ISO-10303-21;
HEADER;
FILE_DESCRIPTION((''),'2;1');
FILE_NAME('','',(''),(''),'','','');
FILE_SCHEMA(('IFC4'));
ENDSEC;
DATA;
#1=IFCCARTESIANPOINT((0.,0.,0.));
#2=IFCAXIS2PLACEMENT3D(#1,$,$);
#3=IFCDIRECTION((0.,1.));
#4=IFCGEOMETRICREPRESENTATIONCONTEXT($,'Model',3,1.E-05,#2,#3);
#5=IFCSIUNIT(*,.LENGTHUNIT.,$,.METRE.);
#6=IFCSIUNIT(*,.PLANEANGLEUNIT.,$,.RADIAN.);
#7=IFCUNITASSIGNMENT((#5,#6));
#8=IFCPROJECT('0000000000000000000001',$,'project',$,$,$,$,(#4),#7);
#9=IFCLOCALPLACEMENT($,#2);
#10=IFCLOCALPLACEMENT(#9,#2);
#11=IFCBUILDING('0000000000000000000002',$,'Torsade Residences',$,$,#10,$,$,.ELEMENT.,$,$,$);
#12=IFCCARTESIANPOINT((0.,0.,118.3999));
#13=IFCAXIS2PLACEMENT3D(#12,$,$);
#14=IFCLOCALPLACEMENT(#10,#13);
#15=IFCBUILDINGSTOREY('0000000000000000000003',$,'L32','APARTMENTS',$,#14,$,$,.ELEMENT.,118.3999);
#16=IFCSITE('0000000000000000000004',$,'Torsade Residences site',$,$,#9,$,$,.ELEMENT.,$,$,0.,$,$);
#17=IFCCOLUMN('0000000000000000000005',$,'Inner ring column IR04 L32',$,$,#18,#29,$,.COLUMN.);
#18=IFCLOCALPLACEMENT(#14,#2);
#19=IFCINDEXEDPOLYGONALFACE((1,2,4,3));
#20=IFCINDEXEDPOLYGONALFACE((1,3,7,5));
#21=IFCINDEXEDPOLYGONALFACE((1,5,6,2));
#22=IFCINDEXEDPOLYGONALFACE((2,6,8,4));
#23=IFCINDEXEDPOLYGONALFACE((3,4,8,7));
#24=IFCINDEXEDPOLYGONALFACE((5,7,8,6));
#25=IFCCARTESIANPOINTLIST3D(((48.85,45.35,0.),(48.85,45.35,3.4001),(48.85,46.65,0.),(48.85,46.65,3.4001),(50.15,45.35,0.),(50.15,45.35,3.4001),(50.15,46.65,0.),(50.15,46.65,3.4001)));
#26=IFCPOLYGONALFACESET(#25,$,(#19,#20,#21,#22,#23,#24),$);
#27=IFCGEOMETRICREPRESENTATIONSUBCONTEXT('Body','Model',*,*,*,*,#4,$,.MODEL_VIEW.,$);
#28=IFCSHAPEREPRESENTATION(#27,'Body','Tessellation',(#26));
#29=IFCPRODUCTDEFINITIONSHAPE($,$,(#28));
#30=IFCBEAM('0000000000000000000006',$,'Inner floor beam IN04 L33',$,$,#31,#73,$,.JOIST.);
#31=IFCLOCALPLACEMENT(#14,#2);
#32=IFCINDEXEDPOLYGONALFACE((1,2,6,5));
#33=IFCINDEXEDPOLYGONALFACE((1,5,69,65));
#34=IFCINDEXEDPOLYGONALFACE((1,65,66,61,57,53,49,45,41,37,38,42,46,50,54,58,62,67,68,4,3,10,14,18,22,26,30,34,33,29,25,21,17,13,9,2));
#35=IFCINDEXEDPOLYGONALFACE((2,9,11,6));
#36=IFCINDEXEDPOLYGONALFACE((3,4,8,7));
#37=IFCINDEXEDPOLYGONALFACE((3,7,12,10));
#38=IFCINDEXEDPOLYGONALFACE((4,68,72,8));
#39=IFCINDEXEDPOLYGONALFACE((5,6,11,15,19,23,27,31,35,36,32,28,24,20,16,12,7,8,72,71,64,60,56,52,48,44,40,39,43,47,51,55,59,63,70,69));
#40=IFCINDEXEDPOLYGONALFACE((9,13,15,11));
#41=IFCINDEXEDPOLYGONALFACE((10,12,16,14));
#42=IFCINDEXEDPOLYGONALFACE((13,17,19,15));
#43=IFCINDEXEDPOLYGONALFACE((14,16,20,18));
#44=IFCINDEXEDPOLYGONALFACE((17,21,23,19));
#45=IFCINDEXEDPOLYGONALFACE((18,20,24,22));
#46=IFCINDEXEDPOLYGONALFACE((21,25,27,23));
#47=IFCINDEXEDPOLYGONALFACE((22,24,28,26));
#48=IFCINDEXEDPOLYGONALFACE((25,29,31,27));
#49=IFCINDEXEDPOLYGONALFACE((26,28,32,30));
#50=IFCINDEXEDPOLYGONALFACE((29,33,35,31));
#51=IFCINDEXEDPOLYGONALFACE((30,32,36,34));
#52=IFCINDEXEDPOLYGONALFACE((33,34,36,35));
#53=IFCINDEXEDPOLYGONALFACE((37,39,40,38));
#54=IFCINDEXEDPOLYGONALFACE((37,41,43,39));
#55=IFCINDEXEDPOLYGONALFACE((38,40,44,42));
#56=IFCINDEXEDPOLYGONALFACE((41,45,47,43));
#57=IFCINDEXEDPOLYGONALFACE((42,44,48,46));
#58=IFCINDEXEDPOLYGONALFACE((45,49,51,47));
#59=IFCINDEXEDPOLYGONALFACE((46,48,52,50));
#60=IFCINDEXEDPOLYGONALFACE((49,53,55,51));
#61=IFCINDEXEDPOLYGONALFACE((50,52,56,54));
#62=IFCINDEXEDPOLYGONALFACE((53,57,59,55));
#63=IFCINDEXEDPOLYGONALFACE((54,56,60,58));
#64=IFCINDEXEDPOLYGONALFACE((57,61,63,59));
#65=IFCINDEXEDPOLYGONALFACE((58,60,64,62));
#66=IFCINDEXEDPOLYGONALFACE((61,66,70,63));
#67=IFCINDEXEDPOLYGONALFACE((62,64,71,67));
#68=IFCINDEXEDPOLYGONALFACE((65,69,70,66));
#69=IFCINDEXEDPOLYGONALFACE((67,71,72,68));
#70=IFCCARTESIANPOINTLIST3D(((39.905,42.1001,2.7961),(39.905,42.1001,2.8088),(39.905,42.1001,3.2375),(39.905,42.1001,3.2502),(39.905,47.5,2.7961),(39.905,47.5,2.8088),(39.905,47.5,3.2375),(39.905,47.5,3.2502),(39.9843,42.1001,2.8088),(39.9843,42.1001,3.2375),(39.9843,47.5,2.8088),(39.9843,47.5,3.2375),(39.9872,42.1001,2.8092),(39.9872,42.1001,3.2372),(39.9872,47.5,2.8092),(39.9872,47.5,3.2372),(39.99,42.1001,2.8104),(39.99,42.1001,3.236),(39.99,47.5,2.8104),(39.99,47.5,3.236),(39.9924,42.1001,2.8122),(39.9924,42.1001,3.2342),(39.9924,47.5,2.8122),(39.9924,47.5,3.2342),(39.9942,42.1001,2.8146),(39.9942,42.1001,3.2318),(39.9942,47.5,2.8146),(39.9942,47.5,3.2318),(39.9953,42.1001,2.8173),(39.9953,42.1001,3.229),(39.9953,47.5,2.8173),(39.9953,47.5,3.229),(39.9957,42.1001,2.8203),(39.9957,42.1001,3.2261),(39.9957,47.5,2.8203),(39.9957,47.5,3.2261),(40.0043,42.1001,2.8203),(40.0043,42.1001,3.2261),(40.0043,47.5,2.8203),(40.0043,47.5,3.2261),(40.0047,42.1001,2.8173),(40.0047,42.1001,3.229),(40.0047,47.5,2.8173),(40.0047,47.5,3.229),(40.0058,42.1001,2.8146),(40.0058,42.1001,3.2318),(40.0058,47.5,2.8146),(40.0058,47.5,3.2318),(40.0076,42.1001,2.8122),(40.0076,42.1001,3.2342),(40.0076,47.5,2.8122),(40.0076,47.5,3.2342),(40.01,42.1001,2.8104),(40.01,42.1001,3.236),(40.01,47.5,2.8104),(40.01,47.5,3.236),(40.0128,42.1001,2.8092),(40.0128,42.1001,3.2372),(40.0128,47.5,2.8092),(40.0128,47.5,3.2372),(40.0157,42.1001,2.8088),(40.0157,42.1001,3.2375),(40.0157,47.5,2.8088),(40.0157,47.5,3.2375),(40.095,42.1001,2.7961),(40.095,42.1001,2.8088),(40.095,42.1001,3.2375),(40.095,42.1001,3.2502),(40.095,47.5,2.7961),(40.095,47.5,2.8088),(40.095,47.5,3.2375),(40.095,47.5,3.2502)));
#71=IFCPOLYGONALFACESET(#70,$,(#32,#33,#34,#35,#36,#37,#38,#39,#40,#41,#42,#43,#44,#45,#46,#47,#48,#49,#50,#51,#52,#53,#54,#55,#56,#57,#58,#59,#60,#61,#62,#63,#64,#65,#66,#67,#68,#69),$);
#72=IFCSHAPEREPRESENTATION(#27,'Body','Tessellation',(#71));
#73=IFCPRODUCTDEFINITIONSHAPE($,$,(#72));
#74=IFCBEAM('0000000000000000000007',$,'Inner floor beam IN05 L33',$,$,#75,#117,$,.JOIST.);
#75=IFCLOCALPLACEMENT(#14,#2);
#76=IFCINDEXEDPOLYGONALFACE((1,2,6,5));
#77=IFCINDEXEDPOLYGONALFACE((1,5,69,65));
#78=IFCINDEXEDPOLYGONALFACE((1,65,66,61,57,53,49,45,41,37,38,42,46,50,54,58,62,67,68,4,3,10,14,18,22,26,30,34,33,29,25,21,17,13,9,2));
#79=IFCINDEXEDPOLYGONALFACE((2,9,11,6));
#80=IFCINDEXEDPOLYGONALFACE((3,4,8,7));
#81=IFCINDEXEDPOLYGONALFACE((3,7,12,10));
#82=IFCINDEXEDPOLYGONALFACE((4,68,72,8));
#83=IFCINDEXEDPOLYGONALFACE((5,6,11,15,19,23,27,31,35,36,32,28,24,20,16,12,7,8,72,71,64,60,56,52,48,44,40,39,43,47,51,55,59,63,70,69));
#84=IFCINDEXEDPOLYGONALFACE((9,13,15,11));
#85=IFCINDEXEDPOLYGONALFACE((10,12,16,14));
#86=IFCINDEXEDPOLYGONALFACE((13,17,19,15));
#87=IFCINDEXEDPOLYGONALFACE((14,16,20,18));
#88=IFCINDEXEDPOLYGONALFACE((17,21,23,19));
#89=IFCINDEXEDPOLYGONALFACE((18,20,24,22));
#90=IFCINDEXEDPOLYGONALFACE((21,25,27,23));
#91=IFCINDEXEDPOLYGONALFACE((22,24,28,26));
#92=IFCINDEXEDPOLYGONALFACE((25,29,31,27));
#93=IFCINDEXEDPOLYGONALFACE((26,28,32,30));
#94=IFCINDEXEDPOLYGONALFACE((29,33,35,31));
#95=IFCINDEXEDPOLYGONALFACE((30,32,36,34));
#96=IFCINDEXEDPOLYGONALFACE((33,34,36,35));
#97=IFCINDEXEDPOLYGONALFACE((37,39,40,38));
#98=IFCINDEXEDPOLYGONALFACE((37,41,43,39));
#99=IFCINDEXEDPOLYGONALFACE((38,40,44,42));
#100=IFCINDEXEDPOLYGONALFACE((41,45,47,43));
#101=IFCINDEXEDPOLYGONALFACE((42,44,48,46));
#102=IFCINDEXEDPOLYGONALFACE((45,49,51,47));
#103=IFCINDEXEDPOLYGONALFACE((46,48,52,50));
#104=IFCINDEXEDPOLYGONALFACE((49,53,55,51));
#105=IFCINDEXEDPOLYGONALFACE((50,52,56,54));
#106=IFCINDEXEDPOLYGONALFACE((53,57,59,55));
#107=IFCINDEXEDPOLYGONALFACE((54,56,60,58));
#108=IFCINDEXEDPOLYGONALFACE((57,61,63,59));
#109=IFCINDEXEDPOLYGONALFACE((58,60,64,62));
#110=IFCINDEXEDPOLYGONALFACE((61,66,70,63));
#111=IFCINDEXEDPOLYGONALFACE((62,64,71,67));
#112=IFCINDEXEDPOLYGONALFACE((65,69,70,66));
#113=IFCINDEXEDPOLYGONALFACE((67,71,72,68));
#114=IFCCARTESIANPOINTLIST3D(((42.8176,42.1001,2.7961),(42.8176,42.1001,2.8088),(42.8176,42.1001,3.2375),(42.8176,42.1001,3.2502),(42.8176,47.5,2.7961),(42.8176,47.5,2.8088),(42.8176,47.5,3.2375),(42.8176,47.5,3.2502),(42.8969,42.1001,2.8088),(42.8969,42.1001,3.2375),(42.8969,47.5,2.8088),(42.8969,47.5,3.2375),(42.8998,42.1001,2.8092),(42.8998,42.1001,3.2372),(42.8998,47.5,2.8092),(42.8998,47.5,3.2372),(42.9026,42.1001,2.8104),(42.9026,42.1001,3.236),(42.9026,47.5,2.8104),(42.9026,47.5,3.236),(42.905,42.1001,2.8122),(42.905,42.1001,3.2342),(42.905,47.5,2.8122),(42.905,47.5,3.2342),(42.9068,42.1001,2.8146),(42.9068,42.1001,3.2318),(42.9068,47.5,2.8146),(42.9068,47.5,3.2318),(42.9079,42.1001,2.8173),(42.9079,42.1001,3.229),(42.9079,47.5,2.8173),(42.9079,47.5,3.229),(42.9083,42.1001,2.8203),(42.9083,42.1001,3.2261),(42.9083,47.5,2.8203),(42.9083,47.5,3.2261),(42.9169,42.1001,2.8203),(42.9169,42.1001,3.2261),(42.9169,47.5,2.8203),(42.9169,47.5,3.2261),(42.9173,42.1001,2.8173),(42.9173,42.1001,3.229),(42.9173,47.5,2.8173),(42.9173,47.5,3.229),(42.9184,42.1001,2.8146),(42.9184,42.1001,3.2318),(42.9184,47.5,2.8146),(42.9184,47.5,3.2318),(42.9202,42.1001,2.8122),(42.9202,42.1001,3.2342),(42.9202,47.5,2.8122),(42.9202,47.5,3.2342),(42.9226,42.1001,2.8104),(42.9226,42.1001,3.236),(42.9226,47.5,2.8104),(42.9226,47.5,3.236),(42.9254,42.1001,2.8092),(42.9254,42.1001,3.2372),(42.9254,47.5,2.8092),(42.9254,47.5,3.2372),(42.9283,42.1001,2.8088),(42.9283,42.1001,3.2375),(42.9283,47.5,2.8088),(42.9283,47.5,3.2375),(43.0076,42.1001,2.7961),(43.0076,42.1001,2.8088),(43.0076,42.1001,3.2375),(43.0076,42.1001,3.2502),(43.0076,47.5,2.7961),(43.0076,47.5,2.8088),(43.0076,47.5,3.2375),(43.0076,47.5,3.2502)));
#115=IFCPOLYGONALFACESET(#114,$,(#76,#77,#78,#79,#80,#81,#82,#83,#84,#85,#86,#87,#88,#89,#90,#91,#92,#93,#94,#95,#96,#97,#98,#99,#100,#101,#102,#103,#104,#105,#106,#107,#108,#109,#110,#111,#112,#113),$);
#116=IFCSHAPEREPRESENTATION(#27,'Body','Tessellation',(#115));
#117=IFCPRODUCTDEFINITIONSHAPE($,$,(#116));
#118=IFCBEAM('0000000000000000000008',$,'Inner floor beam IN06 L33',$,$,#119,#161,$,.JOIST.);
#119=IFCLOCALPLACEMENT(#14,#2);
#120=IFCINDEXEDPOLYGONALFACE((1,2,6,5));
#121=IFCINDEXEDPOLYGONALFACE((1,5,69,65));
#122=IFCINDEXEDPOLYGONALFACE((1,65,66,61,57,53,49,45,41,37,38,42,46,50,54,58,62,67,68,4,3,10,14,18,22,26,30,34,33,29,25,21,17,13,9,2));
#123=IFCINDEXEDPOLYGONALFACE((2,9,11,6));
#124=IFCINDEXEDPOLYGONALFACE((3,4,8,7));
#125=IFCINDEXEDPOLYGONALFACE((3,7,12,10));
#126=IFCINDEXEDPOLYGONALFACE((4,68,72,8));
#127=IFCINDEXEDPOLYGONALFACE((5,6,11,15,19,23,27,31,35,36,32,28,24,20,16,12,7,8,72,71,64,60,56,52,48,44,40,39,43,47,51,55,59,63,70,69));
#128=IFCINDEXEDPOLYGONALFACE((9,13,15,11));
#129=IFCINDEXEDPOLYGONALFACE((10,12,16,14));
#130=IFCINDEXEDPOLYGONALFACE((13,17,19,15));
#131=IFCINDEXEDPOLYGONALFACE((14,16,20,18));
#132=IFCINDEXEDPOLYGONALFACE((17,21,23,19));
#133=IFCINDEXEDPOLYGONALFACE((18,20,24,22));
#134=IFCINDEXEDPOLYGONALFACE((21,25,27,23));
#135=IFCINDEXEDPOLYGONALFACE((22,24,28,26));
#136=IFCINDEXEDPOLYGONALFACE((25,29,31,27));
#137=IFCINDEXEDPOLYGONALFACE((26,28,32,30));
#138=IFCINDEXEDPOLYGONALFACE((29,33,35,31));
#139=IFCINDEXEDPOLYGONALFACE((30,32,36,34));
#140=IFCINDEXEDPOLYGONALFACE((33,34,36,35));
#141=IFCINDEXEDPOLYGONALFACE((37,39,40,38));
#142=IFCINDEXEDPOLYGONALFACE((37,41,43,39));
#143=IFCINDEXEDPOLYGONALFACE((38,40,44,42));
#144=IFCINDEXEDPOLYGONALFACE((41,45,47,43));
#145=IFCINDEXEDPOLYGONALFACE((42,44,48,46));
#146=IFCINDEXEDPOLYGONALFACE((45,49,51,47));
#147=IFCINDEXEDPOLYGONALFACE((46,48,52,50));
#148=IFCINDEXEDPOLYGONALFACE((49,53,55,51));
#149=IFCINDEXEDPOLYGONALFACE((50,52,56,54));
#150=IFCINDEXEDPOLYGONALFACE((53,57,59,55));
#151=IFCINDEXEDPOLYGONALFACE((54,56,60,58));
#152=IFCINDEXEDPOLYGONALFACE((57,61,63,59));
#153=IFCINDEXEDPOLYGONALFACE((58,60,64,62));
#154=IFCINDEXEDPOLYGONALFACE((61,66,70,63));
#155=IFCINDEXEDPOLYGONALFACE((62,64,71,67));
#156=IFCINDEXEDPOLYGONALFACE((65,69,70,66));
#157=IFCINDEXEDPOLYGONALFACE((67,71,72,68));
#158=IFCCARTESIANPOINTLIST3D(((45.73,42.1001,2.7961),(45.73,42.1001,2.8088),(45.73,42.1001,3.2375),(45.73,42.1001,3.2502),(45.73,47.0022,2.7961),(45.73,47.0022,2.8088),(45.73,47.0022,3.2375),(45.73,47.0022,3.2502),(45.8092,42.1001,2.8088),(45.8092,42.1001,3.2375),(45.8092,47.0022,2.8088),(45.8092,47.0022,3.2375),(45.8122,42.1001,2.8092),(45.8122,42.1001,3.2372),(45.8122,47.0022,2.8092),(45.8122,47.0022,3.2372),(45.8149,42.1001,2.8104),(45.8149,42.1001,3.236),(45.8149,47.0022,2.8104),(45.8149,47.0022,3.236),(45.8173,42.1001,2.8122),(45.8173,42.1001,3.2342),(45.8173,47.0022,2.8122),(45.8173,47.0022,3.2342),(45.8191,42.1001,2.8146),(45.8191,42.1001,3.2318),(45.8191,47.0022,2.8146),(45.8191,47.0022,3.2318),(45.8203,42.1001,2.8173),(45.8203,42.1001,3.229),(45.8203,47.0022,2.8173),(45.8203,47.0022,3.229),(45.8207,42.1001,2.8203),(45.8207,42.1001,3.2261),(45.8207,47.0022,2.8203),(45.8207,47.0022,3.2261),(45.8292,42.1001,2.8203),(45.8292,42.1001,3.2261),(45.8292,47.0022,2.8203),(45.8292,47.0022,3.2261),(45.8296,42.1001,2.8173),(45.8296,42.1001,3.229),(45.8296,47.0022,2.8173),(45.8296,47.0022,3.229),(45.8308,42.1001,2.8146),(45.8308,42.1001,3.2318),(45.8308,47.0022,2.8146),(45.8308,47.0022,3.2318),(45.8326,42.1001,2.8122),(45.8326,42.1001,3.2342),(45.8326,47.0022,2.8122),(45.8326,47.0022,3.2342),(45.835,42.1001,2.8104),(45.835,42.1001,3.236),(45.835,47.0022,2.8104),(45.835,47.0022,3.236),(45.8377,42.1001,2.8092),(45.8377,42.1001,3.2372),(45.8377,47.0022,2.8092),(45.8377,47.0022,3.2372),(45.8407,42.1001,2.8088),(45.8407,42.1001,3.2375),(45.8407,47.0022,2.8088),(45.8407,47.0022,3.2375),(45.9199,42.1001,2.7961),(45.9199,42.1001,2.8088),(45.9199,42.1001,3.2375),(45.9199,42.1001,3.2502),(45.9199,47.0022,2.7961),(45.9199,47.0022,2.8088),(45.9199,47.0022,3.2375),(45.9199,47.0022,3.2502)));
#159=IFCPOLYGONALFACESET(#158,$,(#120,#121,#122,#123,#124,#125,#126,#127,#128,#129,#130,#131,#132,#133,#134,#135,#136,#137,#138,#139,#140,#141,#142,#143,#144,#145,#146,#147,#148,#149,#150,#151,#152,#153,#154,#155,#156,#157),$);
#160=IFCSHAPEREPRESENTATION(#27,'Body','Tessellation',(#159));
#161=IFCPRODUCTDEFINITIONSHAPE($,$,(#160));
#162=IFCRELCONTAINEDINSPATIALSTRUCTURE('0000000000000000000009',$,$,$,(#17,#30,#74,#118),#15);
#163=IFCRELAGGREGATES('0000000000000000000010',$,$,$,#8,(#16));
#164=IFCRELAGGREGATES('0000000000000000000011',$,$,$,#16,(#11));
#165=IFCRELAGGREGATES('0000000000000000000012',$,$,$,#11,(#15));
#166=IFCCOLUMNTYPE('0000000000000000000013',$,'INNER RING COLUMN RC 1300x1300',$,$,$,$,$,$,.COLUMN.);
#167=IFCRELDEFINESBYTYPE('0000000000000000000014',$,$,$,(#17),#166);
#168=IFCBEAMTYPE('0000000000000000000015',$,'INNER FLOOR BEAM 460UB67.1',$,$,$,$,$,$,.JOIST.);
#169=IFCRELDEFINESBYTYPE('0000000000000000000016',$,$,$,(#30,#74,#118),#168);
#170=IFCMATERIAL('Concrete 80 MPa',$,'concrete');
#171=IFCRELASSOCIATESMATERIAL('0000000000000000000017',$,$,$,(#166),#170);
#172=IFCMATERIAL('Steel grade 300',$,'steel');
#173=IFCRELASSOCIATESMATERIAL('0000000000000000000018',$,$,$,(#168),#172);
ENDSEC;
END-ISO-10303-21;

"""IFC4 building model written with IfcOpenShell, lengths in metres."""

from ifc_helpers import new_model, si_unit, direction, frame, origin, origin_2d, place, context, subcontext, project, spatial, rectangle, i_section, extrude, material, material_profile, profile_set, type_object, element, save


model = new_model("IFC4")

# Units and contexts
model_context = context("Model", 3, precision=1e-05, world=origin(), true_north=direction((0.0, 1.0)))
body_context = subcontext(model_context, "Body", "Model", "MODEL_VIEW")
ifc_project = project(units=[si_unit("LENGTHUNIT", "METRE"), si_unit("PLANEANGLEUNIT", "RADIAN")], contexts=[model_context])

# Site, building, storey
site_placement = place(None, origin())
site = spatial("IfcSite", under=ifc_project, at=site_placement, Name="Torsade Residences site", CompositionType="ELEMENT", RefElevation=0.0)
building_placement = place(site_placement, origin())
building = spatial("IfcBuilding", under=site, at=building_placement, Name="Torsade Residences", CompositionType="ELEMENT")
storey_placement = place(building_placement, frame((0.0, 0.0, 118.3999)))
storey = spatial("IfcBuildingStorey", under=building, at=storey_placement, Name="L32", Description="APARTMENTS", CompositionType="ELEMENT", Elevation=118.3999)

# Column
ifc_material_1 = material(Name="Concrete 80 MPa", Category="concrete")
ifc_material_profile_1 = material_profile(ifc_material_1, rectangle(XDim=1.3, YDim=1.3, at=origin_2d()), Name="RC 1300x1300")
ifc_profile_set_1 = profile_set([ifc_material_profile_1], Name="Concrete 80 MPa")
column_type = type_object("IfcColumnType", Name="INNER RING COLUMN RC 1300x1300", PredefinedType="COLUMN", material=ifc_profile_set_1)
column_placement = place(storey_placement, frame((49.5, 46.0, 0.0), z_axis=(0.0, 0.0, 1.0), x_axis=(1.0, 0.0, 0.0)))
element("IfcColumn", 1, at=column_placement, inside=storey, type_object=column_type, Name="Inner ring column IR04 L32", PredefinedType="COLUMN", context=body_context, shape_type="SweptSolid", body=[
    extrude(rectangle(XDim=1.3, YDim=1.3, at=origin_2d()), origin(), (0.0, 0.0, 1.0), 3.4001),
])

# Beams
ifc_material_2 = material(Name="Steel grade 300", Category="steel")
ifc_material_profile_2 = material_profile(ifc_material_2, i_section(OverallWidth=0.1899, OverallDepth=0.4541, WebThickness=0.0085, FlangeThickness=0.0127, FilletRadius=0.0115, at=origin_2d()), Name="460UB67.1")
ifc_profile_set_2 = profile_set([ifc_material_profile_2], Name="Steel grade 300")
beam_type_1 = type_object("IfcBeamType", Name="INNER FLOOR BEAM 460UB67.1", PredefinedType="JOIST", material=ifc_profile_set_2)
for number, where, z_axis, x_axis, name in (
    (2, (40.0, 42.1001, 3.0232), (0.0, 1.0, 0.0), (-1.0, 0.0, 0.0), "Inner floor beam IN04 L33"),
    (3, (42.9126, 42.1001, 3.0232), (0.0, 1.0, 0.0), (-1.0, 0.0, 0.0), "Inner floor beam IN05 L33"),
):
    element("IfcBeam", number, at=place(storey_placement, frame(where, z_axis=z_axis, x_axis=x_axis)), inside=storey, type_object=beam_type_1, Name=name, PredefinedType="JOIST", context=body_context, shape_type="SweptSolid", body=[
        extrude(i_section(OverallWidth=0.1899, OverallDepth=0.4541, WebThickness=0.0085, FlangeThickness=0.0127, FilletRadius=0.0115, at=origin_2d()), origin(), (0.0, 0.0, 1.0), 5.3999),
    ])
beam_1_placement = place(storey_placement, frame((45.825, 42.1001, 3.0232), z_axis=(0.0, 1.0, 0.0), x_axis=(-1.0, 0.0, 0.0)))
element("IfcBeam", 4, at=beam_1_placement, inside=storey, type_object=beam_type_1, Name="Inner floor beam IN06 L33", PredefinedType="JOIST", context=body_context, shape_type="SweptSolid", body=[
    extrude(i_section(OverallWidth=0.1899, OverallDepth=0.4541, WebThickness=0.0085, FlangeThickness=0.0127, FilletRadius=0.0115, at=origin_2d()), origin(), (0.0, 0.0, 1.0), 4.9021),
])

save(model, "model.ifc")
